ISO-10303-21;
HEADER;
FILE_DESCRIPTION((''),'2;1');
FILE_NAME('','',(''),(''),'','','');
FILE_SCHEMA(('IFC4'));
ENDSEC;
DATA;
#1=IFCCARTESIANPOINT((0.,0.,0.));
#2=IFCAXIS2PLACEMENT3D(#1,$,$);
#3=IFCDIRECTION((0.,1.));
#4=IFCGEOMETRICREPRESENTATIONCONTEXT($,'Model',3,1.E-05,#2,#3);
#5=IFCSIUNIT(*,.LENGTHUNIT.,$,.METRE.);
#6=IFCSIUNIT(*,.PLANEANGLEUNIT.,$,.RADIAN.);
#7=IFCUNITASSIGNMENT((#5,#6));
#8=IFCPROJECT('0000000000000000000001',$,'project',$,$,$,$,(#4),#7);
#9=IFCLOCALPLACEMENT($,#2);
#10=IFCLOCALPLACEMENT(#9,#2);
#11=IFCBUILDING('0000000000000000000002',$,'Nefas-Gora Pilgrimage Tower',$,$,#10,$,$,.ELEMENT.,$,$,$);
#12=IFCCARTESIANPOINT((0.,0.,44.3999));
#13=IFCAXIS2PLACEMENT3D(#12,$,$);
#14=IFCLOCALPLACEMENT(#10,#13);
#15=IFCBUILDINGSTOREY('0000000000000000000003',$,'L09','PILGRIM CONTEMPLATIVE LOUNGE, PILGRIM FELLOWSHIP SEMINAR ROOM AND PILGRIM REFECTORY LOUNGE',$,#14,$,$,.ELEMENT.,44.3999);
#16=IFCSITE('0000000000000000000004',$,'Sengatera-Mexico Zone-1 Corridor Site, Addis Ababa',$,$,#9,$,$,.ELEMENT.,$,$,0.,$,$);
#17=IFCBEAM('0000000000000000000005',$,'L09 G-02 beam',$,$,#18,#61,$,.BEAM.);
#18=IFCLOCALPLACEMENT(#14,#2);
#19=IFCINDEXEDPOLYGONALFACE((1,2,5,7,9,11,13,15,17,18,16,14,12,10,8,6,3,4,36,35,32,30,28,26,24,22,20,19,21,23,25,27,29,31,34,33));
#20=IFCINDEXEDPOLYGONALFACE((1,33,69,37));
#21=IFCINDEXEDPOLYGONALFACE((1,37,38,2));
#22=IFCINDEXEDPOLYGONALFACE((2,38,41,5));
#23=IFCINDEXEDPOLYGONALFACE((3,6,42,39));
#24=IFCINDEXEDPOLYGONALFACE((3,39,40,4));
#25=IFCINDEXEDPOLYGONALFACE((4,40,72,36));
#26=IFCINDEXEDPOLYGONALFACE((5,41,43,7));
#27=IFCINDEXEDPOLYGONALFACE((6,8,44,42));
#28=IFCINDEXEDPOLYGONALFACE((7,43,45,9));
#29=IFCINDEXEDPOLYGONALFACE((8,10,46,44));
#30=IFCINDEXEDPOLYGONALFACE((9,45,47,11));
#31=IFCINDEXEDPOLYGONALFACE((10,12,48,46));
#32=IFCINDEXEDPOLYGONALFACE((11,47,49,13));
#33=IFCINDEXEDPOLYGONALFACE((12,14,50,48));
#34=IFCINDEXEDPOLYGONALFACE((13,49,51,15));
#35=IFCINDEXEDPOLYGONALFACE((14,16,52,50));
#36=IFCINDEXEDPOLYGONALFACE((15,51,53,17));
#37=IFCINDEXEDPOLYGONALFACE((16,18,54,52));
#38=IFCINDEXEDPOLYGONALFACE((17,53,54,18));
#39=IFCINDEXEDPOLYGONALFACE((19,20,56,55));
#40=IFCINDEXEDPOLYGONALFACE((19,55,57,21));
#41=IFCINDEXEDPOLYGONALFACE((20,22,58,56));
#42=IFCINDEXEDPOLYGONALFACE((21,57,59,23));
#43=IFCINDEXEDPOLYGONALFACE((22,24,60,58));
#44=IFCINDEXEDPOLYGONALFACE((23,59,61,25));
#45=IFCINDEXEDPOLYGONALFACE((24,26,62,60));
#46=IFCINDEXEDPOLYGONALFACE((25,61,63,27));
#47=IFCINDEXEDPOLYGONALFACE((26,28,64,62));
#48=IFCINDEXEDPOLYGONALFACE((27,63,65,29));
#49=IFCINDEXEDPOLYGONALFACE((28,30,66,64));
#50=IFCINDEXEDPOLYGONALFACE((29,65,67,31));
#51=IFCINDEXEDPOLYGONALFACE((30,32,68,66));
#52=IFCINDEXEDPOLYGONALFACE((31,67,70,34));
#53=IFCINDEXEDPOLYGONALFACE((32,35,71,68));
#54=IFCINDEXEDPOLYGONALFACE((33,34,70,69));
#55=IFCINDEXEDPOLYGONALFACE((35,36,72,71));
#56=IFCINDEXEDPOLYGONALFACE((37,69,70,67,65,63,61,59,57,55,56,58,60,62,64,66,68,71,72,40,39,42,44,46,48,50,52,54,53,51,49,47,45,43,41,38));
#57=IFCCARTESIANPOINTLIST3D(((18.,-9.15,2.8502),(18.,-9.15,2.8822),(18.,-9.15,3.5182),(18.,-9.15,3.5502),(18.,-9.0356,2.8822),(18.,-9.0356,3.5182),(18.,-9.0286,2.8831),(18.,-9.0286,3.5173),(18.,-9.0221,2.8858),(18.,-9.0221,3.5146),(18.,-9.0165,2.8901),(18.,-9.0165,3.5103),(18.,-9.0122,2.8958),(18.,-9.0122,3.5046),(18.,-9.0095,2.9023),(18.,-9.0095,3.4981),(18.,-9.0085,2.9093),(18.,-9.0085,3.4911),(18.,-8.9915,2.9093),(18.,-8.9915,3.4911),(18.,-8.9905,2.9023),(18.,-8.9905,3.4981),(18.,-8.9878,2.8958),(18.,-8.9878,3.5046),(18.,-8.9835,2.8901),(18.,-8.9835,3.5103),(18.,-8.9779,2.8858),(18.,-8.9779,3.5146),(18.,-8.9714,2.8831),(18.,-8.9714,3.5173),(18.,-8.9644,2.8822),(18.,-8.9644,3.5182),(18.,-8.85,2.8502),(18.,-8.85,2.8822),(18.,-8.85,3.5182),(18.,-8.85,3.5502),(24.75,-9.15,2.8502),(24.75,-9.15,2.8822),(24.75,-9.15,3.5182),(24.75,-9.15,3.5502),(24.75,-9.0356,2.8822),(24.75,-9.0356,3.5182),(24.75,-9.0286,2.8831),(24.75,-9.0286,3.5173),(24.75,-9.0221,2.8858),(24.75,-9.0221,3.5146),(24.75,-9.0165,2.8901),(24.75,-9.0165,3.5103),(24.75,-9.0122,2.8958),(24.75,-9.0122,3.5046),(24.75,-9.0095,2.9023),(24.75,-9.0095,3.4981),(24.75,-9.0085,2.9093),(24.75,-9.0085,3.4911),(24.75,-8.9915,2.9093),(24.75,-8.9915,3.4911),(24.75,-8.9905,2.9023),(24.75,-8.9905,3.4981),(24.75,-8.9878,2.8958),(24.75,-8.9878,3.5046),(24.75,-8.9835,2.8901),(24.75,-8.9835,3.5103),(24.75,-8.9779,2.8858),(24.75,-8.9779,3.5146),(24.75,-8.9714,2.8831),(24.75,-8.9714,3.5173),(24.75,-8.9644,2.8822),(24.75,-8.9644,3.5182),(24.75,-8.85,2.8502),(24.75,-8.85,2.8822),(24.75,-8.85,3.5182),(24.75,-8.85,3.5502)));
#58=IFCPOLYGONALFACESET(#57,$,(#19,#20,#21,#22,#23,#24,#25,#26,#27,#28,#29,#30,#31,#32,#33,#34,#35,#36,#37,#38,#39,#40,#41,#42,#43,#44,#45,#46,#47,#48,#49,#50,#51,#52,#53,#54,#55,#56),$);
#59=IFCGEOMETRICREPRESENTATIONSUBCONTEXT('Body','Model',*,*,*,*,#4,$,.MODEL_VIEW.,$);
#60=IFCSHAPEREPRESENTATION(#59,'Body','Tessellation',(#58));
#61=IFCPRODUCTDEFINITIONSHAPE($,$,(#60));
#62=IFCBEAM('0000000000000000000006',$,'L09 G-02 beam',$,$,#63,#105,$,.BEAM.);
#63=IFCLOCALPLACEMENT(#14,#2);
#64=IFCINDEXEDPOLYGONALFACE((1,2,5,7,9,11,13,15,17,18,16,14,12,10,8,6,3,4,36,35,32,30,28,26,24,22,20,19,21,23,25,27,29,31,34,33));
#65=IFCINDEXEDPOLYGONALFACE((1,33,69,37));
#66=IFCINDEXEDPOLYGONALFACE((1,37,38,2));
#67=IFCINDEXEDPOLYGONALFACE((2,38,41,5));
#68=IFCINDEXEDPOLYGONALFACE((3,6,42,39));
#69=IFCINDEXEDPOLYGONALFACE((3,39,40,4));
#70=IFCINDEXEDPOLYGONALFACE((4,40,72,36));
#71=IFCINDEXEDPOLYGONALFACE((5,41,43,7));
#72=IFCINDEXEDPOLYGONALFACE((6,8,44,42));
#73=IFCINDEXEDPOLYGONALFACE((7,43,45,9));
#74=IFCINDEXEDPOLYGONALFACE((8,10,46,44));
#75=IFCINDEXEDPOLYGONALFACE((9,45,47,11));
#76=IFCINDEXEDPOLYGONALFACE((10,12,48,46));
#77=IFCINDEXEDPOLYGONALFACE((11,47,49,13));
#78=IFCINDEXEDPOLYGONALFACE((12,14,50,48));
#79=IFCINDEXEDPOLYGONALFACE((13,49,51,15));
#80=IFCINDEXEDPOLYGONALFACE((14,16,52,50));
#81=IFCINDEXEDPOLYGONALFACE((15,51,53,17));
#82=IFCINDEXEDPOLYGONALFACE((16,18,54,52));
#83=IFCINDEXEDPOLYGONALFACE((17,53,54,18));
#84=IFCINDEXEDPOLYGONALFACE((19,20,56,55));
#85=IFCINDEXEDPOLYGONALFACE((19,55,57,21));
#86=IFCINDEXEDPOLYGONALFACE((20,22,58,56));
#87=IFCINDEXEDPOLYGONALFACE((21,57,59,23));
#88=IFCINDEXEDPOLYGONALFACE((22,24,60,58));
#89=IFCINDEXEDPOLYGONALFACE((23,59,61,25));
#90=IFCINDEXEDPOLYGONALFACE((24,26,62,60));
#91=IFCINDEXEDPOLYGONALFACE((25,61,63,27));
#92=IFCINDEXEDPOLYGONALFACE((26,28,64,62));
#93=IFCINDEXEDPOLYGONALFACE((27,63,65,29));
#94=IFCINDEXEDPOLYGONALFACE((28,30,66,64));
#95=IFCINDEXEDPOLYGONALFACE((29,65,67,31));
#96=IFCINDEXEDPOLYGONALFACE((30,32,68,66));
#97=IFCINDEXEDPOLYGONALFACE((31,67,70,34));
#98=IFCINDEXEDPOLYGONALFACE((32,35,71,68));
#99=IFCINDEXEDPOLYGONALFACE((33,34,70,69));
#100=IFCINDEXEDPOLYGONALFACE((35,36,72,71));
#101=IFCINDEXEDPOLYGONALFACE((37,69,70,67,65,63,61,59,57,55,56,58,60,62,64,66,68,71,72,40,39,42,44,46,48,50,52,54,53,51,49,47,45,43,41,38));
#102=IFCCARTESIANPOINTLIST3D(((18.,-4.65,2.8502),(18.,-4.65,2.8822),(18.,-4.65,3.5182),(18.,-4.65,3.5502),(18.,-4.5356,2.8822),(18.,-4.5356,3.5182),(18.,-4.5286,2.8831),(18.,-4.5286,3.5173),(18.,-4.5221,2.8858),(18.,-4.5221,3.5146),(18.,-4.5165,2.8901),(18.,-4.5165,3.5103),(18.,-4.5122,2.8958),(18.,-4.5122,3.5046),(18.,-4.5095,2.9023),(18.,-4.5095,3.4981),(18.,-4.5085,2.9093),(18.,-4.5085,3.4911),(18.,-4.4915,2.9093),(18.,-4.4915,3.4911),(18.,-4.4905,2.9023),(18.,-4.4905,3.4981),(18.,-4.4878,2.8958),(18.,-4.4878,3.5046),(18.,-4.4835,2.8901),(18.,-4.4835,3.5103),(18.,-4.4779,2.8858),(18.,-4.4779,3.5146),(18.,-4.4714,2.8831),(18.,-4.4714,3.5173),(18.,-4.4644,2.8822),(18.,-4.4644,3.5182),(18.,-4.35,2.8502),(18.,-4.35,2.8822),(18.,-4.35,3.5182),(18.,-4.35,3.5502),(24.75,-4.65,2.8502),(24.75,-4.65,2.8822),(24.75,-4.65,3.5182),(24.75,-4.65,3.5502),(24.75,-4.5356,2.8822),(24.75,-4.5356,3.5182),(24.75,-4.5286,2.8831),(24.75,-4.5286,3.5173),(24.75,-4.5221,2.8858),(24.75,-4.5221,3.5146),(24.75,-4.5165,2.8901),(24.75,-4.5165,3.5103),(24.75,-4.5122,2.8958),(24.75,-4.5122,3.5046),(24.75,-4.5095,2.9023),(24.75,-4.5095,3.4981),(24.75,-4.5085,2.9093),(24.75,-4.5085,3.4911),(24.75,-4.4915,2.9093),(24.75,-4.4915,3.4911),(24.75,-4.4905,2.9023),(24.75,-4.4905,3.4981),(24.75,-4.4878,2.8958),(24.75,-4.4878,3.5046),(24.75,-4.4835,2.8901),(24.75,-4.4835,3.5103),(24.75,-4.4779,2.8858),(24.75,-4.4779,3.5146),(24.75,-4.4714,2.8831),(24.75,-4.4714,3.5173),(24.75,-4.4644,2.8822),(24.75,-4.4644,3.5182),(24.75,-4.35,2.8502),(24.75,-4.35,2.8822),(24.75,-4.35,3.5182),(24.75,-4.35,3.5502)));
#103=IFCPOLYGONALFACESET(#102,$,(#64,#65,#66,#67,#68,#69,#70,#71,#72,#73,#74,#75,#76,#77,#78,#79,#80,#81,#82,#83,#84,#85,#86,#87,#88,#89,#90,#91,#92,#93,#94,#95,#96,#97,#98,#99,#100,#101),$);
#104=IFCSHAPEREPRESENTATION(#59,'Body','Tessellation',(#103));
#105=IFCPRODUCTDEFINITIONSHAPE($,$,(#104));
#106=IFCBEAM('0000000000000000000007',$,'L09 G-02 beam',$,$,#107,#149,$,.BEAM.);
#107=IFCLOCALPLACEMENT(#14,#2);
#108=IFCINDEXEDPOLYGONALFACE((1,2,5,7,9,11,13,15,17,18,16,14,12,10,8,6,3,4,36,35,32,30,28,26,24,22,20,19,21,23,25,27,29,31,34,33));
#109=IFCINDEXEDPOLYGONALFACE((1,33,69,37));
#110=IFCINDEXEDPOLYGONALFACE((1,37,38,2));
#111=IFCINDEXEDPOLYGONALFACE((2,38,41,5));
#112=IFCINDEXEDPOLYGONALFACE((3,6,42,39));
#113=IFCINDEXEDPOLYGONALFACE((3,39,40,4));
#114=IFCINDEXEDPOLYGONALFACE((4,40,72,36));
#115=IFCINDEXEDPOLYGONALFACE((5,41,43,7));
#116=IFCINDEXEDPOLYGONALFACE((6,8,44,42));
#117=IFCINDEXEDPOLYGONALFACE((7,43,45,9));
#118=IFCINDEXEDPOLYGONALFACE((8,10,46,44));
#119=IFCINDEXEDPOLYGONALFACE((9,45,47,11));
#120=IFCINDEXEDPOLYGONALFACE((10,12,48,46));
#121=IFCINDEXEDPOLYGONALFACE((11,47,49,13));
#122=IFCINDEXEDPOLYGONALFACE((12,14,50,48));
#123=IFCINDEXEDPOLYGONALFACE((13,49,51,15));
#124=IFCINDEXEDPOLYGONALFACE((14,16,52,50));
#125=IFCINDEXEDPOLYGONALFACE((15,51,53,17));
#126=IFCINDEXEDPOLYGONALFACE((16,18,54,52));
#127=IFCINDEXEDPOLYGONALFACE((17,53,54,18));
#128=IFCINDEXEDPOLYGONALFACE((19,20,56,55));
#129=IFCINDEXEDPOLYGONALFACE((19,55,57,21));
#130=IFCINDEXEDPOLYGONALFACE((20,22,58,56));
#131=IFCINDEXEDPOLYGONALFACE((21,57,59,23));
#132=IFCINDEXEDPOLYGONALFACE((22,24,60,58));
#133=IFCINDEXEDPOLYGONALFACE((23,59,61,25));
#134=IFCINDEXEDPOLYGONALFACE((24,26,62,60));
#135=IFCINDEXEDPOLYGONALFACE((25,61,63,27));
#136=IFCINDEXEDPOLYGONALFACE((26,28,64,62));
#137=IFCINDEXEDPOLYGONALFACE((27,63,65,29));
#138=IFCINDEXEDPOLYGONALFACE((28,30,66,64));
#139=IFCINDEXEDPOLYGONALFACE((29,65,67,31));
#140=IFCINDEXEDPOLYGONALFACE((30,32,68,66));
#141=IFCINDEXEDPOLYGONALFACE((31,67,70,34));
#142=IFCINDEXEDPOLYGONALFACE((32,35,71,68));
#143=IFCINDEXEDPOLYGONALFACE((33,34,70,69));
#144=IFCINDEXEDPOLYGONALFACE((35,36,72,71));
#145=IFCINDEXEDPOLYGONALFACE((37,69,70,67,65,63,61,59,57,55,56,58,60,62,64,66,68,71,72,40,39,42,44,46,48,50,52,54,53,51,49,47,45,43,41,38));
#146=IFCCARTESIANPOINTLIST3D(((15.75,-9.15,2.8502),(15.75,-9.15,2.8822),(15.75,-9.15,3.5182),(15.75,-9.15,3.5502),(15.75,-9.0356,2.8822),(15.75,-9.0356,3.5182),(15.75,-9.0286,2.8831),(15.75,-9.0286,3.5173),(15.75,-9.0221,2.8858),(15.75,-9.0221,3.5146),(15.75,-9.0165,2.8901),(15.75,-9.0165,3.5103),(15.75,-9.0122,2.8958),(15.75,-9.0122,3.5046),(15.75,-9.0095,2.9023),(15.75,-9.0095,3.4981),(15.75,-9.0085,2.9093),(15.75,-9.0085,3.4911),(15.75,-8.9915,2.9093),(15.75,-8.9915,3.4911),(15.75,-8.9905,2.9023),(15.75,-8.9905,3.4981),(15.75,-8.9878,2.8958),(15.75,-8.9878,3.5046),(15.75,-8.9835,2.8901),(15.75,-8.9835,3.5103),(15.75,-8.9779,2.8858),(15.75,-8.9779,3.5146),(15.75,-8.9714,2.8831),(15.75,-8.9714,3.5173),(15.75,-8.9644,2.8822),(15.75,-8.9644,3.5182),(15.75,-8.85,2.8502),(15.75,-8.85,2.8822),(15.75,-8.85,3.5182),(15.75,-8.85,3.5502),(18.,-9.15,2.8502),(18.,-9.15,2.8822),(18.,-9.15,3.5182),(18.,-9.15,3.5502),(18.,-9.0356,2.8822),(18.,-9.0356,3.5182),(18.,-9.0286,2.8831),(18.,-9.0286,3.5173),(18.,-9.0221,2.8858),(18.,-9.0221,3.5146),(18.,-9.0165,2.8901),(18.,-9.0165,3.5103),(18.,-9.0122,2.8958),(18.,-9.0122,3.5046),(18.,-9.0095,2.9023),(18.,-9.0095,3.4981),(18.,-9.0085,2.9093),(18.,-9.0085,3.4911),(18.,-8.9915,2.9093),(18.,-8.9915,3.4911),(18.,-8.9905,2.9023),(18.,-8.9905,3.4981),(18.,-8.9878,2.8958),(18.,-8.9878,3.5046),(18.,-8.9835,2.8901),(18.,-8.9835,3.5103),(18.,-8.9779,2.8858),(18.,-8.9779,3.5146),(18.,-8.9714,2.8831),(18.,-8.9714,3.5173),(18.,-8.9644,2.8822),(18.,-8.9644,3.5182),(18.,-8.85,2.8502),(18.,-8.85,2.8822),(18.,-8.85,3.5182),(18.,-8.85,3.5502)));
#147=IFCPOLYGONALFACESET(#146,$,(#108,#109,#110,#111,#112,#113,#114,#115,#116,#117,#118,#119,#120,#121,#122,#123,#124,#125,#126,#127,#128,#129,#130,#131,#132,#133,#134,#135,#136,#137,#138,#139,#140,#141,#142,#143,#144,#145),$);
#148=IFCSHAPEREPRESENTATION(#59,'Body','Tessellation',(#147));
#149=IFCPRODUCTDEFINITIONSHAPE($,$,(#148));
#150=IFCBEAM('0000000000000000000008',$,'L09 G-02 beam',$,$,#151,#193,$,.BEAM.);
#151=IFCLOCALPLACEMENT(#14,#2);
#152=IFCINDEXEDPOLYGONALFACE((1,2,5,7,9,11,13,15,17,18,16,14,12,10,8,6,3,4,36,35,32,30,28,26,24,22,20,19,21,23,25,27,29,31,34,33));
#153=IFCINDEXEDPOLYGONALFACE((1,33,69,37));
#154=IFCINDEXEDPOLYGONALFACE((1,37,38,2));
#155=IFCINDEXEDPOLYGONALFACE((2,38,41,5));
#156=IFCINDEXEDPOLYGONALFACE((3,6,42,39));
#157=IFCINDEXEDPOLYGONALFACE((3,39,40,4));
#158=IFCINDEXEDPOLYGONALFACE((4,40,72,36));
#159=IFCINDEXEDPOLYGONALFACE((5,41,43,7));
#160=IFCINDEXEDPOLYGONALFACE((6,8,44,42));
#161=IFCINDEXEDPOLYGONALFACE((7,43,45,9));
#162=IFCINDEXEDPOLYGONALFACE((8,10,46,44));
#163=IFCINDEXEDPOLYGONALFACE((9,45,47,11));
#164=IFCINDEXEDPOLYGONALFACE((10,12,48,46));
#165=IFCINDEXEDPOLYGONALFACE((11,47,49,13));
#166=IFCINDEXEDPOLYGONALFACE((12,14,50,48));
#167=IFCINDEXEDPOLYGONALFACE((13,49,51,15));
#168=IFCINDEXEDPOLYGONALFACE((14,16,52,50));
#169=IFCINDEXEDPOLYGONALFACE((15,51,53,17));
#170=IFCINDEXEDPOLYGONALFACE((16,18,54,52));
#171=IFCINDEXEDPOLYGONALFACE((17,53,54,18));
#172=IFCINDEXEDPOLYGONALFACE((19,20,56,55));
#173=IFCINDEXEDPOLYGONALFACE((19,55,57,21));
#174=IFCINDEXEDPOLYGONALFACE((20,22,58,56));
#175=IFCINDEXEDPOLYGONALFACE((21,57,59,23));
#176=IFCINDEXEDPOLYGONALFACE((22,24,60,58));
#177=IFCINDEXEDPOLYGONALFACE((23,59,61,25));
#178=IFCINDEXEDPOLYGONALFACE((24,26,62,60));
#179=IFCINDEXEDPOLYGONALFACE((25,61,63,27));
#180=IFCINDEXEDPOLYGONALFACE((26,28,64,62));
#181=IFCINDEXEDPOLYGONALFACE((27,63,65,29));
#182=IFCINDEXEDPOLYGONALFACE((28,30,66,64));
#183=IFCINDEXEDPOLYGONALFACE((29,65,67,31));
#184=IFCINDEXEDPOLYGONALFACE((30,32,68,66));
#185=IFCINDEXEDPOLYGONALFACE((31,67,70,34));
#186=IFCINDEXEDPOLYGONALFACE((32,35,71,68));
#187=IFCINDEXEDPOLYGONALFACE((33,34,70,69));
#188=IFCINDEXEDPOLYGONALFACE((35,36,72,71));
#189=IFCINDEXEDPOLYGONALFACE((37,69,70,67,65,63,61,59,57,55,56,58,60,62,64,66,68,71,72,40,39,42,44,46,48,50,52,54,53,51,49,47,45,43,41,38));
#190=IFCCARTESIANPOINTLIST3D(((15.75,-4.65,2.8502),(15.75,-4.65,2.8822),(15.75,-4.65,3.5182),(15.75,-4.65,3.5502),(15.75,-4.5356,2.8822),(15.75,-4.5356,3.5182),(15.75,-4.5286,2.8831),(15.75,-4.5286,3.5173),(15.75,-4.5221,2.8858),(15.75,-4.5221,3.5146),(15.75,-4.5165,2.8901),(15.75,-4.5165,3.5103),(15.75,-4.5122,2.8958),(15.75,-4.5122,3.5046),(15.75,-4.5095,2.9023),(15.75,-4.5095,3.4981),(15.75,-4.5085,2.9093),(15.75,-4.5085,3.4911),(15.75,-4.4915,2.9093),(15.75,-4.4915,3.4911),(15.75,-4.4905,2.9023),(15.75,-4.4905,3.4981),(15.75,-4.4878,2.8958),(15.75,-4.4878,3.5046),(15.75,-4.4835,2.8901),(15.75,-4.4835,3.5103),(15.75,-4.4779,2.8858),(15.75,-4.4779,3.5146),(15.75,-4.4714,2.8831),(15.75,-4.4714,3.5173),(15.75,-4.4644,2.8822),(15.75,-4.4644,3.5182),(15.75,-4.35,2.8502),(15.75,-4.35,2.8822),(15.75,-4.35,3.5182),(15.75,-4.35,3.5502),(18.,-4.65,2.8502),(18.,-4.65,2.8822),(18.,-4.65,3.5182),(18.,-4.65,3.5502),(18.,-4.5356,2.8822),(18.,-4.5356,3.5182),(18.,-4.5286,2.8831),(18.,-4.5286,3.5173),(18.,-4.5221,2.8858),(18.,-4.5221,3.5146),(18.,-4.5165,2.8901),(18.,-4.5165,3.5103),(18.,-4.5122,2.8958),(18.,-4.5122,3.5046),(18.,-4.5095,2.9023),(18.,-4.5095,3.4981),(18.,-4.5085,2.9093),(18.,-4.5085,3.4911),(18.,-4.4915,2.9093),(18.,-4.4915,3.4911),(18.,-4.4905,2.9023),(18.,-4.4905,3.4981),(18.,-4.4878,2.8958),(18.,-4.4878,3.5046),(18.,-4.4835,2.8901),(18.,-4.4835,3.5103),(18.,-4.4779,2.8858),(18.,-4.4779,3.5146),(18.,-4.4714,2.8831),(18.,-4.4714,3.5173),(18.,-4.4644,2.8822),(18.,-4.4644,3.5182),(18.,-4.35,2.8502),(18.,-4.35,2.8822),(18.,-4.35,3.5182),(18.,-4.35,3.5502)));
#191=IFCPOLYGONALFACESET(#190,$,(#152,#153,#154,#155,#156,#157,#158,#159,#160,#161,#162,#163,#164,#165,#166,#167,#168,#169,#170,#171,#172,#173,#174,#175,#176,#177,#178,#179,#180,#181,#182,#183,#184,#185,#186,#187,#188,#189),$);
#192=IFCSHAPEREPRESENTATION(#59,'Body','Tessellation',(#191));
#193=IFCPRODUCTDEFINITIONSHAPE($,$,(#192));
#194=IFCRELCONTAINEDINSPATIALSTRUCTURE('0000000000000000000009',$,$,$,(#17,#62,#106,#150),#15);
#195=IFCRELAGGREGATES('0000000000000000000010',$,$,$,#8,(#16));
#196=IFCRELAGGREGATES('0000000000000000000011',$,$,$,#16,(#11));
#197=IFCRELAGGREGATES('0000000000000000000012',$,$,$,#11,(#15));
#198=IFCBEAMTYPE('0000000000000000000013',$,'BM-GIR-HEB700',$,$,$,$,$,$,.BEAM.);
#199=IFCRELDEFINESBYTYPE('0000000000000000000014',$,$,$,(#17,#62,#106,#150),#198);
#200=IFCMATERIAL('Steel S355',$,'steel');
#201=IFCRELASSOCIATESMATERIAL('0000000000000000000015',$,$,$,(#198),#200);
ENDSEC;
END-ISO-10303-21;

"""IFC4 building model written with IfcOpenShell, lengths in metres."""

from ifc_helpers import new_model, si_unit, direction, frame, origin, origin_2d, place, context, subcontext, project, spatial, i_section, extrude, source, transform, mapped, material, material_profile, profile_set, type_object, element, save


model = new_model("IFC4")

# Units and contexts
model_context = context("Model", 3, precision=1e-05, world=origin(), true_north=direction((0.0, 1.0)))
body_context = subcontext(model_context, "Body", "Model", "MODEL_VIEW")
ifc_project = project(units=[si_unit("LENGTHUNIT", "METRE"), si_unit("PLANEANGLEUNIT", "RADIAN")], contexts=[model_context])

# Site, building, storey
site_placement = place(None, origin())
site = spatial("IfcSite", under=ifc_project, at=site_placement, Name="Sengatera-Mexico Zone-1 Corridor Site, Addis Ababa", CompositionType="ELEMENT", RefElevation=0.0)
building_placement = place(site_placement, origin())
building = spatial("IfcBuilding", under=site, at=building_placement, Name="Nefas-Gora Pilgrimage Tower", CompositionType="ELEMENT")
storey_placement = place(building_placement, frame((0.0, 0.0, 44.3999)))
storey = spatial("IfcBuildingStorey", under=building, at=storey_placement, Name="L09", Description="PILGRIM CONTEMPLATIVE LOUNGE, PILGRIM FELLOWSHIP SEMINAR ROOM AND PILGRIM REFECTORY LOUNGE", CompositionType="ELEMENT", Elevation=44.3999)

# Beams
ifc_material_1 = material(Name="Steel S355", Category="steel")
ifc_material_profile_1 = material_profile(ifc_material_1, i_section(OverallWidth=0.3, OverallDepth=0.7, WebThickness=0.0171, FlangeThickness=0.032, FilletRadius=0.0271, at=origin_2d()), Name="HEB 700")
ifc_profile_set_1 = profile_set([ifc_material_profile_1], Name="Steel S355")
beam_type_1 = type_object("IfcBeamType", Name="BM-GIR-HEB700", PredefinedType="BEAM", material=ifc_profile_set_1)
shared_shape_1 = source(origin(), body_context, "Body", "SweptSolid", [
    extrude(i_section(OverallWidth=0.3, OverallDepth=0.7, WebThickness=0.0171, FlangeThickness=0.032, FilletRadius=0.0271, at=origin_2d()), origin(), (0.0, 0.0, 1.0), 6.75),
])
for number, where, z_axis, x_axis, name in (
    (1, (18.0, -9.0, 3.2002), (1.0, 0.0, 0.0), (0.0, 1.0, 0.0), "L09 G-02 beam"),
    (2, (18.0, -4.5, 3.2002), (1.0, 0.0, 0.0), (0.0, 1.0, 0.0), "L09 G-02 beam"),
):
    element("IfcBeam", number, at=place(storey_placement, frame(where, z_axis=z_axis, x_axis=x_axis)), inside=storey, type_object=beam_type_1, Name=name, PredefinedType="BEAM", context=body_context, shape_type="MappedRepresentation", body=[
        mapped(shared_shape_1, transform((0.0, 0.0, 0.0), x_axis=(1.0, 0.0, 0.0), y_axis=(0.0, 1.0, 0.0), z_axis=(0.0, 0.0, 1.0), scale=1.0)),
    ])
shared_shape_2 = source(origin(), body_context, "Body", "SweptSolid", [
    extrude(i_section(OverallWidth=0.3, OverallDepth=0.7, WebThickness=0.0171, FlangeThickness=0.032, FilletRadius=0.0271, at=origin_2d()), origin(), (0.0, 0.0, 1.0), 2.25),
])
for number, where, z_axis, x_axis, name in (
    (3, (15.75, -9.0, 3.2002), (1.0, 0.0, 0.0), (0.0, 1.0, 0.0), "L09 G-02 beam"),
    (4, (15.75, -4.5, 3.2002), (1.0, 0.0, 0.0), (0.0, 1.0, 0.0), "L09 G-02 beam"),
):
    element("IfcBeam", number, at=place(storey_placement, frame(where, z_axis=z_axis, x_axis=x_axis)), inside=storey, type_object=beam_type_1, Name=name, PredefinedType="BEAM", context=body_context, shape_type="MappedRepresentation", body=[
        mapped(shared_shape_2, transform((0.0, 0.0, 0.0), x_axis=(1.0, 0.0, 0.0), y_axis=(0.0, 1.0, 0.0), z_axis=(0.0, 0.0, 1.0), scale=1.0)),
    ])

save(model, "model.ifc")
